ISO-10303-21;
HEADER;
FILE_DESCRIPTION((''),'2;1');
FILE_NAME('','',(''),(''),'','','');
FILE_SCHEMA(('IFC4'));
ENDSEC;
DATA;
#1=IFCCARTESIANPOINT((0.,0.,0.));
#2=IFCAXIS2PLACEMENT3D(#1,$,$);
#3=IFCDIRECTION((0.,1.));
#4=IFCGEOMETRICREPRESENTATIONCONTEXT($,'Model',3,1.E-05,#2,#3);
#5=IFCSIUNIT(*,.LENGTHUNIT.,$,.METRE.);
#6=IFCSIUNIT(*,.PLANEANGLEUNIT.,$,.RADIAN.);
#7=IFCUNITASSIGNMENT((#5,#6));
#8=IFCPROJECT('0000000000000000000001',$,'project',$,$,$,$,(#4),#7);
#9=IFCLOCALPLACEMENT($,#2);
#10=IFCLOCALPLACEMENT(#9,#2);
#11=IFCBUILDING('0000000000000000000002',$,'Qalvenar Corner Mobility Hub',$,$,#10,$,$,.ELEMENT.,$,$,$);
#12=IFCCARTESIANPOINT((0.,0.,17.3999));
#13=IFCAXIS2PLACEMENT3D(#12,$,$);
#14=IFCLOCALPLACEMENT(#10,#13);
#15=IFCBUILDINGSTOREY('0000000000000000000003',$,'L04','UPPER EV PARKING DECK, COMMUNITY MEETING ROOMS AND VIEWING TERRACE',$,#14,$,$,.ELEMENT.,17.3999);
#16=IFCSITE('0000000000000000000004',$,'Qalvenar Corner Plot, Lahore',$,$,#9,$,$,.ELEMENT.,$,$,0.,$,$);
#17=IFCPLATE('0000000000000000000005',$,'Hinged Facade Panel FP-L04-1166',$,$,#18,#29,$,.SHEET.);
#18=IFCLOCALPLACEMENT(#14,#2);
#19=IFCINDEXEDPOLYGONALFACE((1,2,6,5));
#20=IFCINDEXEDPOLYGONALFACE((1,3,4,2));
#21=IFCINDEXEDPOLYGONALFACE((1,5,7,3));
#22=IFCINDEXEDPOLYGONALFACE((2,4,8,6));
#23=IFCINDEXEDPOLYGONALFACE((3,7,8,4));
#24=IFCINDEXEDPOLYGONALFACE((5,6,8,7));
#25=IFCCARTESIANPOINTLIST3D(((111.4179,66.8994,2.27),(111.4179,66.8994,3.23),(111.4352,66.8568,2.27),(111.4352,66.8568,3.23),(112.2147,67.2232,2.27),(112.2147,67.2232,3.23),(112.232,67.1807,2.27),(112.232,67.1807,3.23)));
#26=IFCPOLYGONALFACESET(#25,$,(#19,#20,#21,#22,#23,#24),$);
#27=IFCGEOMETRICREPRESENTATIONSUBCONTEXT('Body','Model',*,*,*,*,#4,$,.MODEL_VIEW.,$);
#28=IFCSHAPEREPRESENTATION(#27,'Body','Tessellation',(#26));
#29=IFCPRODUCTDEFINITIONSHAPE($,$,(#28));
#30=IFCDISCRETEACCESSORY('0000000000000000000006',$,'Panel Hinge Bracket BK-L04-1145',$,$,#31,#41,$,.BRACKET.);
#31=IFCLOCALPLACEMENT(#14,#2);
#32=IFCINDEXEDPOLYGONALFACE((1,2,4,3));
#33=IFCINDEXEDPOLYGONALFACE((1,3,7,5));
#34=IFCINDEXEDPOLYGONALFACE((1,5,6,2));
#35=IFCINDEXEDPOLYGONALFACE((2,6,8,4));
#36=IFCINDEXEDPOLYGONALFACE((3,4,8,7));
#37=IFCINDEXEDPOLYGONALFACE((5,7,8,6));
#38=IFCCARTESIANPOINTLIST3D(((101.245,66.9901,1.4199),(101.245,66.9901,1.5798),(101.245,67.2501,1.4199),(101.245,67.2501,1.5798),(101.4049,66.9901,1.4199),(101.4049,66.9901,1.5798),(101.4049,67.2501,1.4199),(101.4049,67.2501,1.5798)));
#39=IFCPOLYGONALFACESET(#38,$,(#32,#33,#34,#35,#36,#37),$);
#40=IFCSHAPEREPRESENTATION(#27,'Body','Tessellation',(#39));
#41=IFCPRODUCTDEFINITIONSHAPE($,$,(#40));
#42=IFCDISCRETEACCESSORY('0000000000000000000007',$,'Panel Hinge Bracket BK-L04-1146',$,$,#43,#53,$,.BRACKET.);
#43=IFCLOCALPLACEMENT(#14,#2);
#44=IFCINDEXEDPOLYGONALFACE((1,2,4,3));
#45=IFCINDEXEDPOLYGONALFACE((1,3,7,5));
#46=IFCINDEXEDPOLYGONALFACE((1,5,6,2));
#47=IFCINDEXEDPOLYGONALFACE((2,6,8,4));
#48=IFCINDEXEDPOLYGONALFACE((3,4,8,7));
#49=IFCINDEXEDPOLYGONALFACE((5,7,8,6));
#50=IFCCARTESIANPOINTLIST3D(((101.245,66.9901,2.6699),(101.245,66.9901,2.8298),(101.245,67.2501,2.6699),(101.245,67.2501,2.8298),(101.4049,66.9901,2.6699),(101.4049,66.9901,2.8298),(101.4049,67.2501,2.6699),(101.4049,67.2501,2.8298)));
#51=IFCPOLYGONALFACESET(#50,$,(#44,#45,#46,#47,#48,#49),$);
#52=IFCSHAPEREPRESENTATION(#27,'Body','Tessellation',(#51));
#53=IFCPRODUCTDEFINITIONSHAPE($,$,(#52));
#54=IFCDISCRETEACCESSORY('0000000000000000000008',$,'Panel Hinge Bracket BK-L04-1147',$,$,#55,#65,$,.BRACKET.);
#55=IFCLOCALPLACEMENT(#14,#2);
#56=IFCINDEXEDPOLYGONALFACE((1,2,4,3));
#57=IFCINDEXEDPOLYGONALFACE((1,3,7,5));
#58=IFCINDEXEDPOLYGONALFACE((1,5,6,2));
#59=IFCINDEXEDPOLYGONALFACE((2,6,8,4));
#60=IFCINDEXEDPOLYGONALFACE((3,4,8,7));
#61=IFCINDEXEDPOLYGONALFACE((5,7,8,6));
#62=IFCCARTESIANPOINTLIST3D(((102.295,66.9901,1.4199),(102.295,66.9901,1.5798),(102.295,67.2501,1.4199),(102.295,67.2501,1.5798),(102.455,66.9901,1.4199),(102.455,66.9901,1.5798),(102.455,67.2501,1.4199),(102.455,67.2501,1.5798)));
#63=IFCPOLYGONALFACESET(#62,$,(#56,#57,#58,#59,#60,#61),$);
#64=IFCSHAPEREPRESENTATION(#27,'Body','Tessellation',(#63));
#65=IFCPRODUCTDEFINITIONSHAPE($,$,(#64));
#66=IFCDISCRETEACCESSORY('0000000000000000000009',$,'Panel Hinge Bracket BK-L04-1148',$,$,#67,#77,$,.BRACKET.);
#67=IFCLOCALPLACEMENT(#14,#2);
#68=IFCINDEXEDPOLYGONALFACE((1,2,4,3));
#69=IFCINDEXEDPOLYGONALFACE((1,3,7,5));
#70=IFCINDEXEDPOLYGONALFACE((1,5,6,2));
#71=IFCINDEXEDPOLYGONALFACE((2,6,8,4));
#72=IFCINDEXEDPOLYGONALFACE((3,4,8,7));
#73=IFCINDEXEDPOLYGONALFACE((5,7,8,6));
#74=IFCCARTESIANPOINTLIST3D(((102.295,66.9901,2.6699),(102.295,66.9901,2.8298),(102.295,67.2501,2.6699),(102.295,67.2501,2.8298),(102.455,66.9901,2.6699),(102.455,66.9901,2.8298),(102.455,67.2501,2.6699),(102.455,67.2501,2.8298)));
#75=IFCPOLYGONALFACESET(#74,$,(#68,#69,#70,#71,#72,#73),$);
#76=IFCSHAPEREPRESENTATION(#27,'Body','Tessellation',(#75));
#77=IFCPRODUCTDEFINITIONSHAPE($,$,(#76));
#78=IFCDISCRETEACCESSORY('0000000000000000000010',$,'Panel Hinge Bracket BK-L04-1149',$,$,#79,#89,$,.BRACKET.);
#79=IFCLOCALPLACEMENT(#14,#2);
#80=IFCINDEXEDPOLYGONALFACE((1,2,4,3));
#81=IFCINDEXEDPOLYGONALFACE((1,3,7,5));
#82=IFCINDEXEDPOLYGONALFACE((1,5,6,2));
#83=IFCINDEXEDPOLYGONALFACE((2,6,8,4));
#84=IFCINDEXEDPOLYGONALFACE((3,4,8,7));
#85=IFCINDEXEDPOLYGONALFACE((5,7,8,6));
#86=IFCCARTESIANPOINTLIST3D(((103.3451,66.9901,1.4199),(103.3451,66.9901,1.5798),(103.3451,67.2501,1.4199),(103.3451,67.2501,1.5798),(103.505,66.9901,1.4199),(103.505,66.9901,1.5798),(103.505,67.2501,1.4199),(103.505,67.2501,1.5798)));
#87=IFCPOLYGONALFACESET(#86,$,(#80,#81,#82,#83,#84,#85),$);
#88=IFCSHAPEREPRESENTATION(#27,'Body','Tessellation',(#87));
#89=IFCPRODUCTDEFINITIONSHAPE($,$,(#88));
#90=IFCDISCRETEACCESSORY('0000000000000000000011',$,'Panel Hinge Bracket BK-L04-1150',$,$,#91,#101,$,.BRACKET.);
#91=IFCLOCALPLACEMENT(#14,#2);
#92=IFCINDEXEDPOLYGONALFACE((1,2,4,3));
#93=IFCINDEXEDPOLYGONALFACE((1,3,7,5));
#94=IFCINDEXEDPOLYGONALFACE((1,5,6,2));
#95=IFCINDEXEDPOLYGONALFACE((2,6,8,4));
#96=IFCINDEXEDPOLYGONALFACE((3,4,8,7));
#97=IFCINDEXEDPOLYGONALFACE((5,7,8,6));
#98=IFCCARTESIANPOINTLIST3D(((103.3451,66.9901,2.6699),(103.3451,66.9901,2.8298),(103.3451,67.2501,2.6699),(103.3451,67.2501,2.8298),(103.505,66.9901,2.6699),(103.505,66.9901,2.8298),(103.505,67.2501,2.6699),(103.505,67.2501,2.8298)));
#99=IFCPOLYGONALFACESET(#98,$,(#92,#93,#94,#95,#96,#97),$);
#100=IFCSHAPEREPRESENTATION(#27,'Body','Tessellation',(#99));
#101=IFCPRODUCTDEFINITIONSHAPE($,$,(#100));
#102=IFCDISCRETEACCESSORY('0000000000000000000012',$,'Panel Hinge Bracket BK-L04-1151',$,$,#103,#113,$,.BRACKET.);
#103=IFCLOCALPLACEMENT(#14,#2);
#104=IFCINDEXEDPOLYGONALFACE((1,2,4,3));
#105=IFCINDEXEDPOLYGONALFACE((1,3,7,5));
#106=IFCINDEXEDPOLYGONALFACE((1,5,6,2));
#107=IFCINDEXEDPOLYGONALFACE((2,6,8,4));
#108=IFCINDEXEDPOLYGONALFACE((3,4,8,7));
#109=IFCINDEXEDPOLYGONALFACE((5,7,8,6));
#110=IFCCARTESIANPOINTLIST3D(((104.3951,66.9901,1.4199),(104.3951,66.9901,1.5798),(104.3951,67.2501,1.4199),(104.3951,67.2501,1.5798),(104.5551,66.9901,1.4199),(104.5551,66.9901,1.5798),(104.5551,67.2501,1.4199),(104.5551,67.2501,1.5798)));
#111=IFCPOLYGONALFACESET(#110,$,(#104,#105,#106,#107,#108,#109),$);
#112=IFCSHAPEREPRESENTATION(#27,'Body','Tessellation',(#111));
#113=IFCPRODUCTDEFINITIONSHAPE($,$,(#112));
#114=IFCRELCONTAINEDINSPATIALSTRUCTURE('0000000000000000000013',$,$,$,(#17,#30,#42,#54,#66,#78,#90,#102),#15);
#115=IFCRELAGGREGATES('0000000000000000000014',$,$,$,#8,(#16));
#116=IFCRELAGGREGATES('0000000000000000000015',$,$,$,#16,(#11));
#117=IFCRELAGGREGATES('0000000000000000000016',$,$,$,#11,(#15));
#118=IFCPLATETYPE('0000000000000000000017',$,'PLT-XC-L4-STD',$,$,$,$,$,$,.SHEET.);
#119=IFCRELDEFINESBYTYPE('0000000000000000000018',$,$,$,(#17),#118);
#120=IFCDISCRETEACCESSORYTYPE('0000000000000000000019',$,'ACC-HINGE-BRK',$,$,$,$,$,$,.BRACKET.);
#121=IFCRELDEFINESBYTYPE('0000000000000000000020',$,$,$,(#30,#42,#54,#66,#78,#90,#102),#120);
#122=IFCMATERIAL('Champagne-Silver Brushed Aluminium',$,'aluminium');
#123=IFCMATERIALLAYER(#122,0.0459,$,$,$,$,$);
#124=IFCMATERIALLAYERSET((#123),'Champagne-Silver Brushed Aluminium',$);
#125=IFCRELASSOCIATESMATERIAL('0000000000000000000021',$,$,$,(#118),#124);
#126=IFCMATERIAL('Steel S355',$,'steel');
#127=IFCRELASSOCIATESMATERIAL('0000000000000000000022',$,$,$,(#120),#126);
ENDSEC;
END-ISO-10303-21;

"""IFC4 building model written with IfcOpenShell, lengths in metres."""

from ifc_helpers import new_model, si_unit, direction, frame, origin, origin_2d, place, context, subcontext, project, spatial, rectangle, extrude, material, layer, layer_set, type_object, element, save


model = new_model("IFC4")

# Units and contexts
model_context = context("Model", 3, precision=1e-05, world=origin(), true_north=direction((0.0, 1.0)))
body_context = subcontext(model_context, "Body", "Model", "MODEL_VIEW")
ifc_project = project(units=[si_unit("LENGTHUNIT", "METRE"), si_unit("PLANEANGLEUNIT", "RADIAN")], contexts=[model_context])

# Site, building, storey
site_placement = place(None, origin())
site = spatial("IfcSite", under=ifc_project, at=site_placement, Name="Qalvenar Corner Plot, Lahore", CompositionType="ELEMENT", RefElevation=0.0)
building_placement = place(site_placement, origin())
building = spatial("IfcBuilding", under=site, at=building_placement, Name="Qalvenar Corner Mobility Hub", CompositionType="ELEMENT")
storey_placement = place(building_placement, frame((0.0, 0.0, 17.3999)))
storey = spatial("IfcBuildingStorey", under=building, at=storey_placement, Name="L04", Description="UPPER EV PARKING DECK, COMMUNITY MEETING ROOMS AND VIEWING TERRACE", CompositionType="ELEMENT", Elevation=17.3999)

# Plate
ifc_material_1 = material(Name="Champagne-Silver Brushed Aluminium", Category="aluminium")
ifc_layer = layer(ifc_material_1, 0.0459)
ifc_layer_set = layer_set([ifc_layer], Name="Champagne-Silver Brushed Aluminium")
plate_type = type_object("IfcPlateType", Name="PLT-XC-L4-STD", PredefinedType="SHEET", material=ifc_layer_set)
for number, where, z_axis, x_axis, name in (
    (1, (111.825, 67.04, 2.27), (0.0, 0.0, 1.0), (0.926397, 0.376548, 0.0), "Hinged Facade Panel FP-L04-1166"),
):
    element("IfcPlate", number, at=place(storey_placement, frame(where, z_axis=z_axis, x_axis=x_axis)), inside=storey, type_object=plate_type, Name=name, PredefinedType="SHEET", context=body_context, shape_type="SweptSolid", body=[
        extrude(rectangle(XDim=0.8601, YDim=0.0459, at=origin_2d()), origin(), (0.0, 0.0, 1.0), 0.96),
    ])

# Discrete accessories
ifc_material_2 = material(Name="Steel S355", Category="steel")
discrete_accessory_type = type_object("IfcDiscreteAccessoryType", Name="ACC-HINGE-BRK", PredefinedType="BRACKET", material=ifc_material_2)
for number, where, z_axis, x_axis, name in (
    (2, (101.325, 67.1201, 1.4199), (0.0, 0.0, 1.0), (1.0, 0.0, 0.0), "Panel Hinge Bracket BK-L04-1145"),
    (3, (101.325, 67.1201, 2.6699), (0.0, 0.0, 1.0), (1.0, 0.0, 0.0), "Panel Hinge Bracket BK-L04-1146"),
    (4, (102.375, 67.1201, 1.4199), (0.0, 0.0, 1.0), (1.0, 0.0, 0.0), "Panel Hinge Bracket BK-L04-1147"),
    (5, (102.375, 67.1201, 2.6699), (0.0, 0.0, 1.0), (1.0, 0.0, 0.0), "Panel Hinge Bracket BK-L04-1148"),
    (6, (103.425, 67.1201, 1.4199), (0.0, 0.0, 1.0), (1.0, 0.0, 0.0), "Panel Hinge Bracket BK-L04-1149"),
    (7, (103.425, 67.1201, 2.6699), (0.0, 0.0, 1.0), (1.0, 0.0, 0.0), "Panel Hinge Bracket BK-L04-1150"),
    (8, (104.4751, 67.1201, 1.4199), (0.0, 0.0, 1.0), (1.0, 0.0, 0.0), "Panel Hinge Bracket BK-L04-1151"),
):
    element("IfcDiscreteAccessory", number, at=place(storey_placement, frame(where, z_axis=z_axis, x_axis=x_axis)), inside=storey, type_object=discrete_accessory_type, Name=name, PredefinedType="BRACKET", context=body_context, shape_type="SweptSolid", body=[
        extrude(rectangle(XDim=0.1599, YDim=0.26, at=origin_2d()), origin(), (0.0, 0.0, 1.0), 0.1599),
    ])

save(model, "model.ifc")
